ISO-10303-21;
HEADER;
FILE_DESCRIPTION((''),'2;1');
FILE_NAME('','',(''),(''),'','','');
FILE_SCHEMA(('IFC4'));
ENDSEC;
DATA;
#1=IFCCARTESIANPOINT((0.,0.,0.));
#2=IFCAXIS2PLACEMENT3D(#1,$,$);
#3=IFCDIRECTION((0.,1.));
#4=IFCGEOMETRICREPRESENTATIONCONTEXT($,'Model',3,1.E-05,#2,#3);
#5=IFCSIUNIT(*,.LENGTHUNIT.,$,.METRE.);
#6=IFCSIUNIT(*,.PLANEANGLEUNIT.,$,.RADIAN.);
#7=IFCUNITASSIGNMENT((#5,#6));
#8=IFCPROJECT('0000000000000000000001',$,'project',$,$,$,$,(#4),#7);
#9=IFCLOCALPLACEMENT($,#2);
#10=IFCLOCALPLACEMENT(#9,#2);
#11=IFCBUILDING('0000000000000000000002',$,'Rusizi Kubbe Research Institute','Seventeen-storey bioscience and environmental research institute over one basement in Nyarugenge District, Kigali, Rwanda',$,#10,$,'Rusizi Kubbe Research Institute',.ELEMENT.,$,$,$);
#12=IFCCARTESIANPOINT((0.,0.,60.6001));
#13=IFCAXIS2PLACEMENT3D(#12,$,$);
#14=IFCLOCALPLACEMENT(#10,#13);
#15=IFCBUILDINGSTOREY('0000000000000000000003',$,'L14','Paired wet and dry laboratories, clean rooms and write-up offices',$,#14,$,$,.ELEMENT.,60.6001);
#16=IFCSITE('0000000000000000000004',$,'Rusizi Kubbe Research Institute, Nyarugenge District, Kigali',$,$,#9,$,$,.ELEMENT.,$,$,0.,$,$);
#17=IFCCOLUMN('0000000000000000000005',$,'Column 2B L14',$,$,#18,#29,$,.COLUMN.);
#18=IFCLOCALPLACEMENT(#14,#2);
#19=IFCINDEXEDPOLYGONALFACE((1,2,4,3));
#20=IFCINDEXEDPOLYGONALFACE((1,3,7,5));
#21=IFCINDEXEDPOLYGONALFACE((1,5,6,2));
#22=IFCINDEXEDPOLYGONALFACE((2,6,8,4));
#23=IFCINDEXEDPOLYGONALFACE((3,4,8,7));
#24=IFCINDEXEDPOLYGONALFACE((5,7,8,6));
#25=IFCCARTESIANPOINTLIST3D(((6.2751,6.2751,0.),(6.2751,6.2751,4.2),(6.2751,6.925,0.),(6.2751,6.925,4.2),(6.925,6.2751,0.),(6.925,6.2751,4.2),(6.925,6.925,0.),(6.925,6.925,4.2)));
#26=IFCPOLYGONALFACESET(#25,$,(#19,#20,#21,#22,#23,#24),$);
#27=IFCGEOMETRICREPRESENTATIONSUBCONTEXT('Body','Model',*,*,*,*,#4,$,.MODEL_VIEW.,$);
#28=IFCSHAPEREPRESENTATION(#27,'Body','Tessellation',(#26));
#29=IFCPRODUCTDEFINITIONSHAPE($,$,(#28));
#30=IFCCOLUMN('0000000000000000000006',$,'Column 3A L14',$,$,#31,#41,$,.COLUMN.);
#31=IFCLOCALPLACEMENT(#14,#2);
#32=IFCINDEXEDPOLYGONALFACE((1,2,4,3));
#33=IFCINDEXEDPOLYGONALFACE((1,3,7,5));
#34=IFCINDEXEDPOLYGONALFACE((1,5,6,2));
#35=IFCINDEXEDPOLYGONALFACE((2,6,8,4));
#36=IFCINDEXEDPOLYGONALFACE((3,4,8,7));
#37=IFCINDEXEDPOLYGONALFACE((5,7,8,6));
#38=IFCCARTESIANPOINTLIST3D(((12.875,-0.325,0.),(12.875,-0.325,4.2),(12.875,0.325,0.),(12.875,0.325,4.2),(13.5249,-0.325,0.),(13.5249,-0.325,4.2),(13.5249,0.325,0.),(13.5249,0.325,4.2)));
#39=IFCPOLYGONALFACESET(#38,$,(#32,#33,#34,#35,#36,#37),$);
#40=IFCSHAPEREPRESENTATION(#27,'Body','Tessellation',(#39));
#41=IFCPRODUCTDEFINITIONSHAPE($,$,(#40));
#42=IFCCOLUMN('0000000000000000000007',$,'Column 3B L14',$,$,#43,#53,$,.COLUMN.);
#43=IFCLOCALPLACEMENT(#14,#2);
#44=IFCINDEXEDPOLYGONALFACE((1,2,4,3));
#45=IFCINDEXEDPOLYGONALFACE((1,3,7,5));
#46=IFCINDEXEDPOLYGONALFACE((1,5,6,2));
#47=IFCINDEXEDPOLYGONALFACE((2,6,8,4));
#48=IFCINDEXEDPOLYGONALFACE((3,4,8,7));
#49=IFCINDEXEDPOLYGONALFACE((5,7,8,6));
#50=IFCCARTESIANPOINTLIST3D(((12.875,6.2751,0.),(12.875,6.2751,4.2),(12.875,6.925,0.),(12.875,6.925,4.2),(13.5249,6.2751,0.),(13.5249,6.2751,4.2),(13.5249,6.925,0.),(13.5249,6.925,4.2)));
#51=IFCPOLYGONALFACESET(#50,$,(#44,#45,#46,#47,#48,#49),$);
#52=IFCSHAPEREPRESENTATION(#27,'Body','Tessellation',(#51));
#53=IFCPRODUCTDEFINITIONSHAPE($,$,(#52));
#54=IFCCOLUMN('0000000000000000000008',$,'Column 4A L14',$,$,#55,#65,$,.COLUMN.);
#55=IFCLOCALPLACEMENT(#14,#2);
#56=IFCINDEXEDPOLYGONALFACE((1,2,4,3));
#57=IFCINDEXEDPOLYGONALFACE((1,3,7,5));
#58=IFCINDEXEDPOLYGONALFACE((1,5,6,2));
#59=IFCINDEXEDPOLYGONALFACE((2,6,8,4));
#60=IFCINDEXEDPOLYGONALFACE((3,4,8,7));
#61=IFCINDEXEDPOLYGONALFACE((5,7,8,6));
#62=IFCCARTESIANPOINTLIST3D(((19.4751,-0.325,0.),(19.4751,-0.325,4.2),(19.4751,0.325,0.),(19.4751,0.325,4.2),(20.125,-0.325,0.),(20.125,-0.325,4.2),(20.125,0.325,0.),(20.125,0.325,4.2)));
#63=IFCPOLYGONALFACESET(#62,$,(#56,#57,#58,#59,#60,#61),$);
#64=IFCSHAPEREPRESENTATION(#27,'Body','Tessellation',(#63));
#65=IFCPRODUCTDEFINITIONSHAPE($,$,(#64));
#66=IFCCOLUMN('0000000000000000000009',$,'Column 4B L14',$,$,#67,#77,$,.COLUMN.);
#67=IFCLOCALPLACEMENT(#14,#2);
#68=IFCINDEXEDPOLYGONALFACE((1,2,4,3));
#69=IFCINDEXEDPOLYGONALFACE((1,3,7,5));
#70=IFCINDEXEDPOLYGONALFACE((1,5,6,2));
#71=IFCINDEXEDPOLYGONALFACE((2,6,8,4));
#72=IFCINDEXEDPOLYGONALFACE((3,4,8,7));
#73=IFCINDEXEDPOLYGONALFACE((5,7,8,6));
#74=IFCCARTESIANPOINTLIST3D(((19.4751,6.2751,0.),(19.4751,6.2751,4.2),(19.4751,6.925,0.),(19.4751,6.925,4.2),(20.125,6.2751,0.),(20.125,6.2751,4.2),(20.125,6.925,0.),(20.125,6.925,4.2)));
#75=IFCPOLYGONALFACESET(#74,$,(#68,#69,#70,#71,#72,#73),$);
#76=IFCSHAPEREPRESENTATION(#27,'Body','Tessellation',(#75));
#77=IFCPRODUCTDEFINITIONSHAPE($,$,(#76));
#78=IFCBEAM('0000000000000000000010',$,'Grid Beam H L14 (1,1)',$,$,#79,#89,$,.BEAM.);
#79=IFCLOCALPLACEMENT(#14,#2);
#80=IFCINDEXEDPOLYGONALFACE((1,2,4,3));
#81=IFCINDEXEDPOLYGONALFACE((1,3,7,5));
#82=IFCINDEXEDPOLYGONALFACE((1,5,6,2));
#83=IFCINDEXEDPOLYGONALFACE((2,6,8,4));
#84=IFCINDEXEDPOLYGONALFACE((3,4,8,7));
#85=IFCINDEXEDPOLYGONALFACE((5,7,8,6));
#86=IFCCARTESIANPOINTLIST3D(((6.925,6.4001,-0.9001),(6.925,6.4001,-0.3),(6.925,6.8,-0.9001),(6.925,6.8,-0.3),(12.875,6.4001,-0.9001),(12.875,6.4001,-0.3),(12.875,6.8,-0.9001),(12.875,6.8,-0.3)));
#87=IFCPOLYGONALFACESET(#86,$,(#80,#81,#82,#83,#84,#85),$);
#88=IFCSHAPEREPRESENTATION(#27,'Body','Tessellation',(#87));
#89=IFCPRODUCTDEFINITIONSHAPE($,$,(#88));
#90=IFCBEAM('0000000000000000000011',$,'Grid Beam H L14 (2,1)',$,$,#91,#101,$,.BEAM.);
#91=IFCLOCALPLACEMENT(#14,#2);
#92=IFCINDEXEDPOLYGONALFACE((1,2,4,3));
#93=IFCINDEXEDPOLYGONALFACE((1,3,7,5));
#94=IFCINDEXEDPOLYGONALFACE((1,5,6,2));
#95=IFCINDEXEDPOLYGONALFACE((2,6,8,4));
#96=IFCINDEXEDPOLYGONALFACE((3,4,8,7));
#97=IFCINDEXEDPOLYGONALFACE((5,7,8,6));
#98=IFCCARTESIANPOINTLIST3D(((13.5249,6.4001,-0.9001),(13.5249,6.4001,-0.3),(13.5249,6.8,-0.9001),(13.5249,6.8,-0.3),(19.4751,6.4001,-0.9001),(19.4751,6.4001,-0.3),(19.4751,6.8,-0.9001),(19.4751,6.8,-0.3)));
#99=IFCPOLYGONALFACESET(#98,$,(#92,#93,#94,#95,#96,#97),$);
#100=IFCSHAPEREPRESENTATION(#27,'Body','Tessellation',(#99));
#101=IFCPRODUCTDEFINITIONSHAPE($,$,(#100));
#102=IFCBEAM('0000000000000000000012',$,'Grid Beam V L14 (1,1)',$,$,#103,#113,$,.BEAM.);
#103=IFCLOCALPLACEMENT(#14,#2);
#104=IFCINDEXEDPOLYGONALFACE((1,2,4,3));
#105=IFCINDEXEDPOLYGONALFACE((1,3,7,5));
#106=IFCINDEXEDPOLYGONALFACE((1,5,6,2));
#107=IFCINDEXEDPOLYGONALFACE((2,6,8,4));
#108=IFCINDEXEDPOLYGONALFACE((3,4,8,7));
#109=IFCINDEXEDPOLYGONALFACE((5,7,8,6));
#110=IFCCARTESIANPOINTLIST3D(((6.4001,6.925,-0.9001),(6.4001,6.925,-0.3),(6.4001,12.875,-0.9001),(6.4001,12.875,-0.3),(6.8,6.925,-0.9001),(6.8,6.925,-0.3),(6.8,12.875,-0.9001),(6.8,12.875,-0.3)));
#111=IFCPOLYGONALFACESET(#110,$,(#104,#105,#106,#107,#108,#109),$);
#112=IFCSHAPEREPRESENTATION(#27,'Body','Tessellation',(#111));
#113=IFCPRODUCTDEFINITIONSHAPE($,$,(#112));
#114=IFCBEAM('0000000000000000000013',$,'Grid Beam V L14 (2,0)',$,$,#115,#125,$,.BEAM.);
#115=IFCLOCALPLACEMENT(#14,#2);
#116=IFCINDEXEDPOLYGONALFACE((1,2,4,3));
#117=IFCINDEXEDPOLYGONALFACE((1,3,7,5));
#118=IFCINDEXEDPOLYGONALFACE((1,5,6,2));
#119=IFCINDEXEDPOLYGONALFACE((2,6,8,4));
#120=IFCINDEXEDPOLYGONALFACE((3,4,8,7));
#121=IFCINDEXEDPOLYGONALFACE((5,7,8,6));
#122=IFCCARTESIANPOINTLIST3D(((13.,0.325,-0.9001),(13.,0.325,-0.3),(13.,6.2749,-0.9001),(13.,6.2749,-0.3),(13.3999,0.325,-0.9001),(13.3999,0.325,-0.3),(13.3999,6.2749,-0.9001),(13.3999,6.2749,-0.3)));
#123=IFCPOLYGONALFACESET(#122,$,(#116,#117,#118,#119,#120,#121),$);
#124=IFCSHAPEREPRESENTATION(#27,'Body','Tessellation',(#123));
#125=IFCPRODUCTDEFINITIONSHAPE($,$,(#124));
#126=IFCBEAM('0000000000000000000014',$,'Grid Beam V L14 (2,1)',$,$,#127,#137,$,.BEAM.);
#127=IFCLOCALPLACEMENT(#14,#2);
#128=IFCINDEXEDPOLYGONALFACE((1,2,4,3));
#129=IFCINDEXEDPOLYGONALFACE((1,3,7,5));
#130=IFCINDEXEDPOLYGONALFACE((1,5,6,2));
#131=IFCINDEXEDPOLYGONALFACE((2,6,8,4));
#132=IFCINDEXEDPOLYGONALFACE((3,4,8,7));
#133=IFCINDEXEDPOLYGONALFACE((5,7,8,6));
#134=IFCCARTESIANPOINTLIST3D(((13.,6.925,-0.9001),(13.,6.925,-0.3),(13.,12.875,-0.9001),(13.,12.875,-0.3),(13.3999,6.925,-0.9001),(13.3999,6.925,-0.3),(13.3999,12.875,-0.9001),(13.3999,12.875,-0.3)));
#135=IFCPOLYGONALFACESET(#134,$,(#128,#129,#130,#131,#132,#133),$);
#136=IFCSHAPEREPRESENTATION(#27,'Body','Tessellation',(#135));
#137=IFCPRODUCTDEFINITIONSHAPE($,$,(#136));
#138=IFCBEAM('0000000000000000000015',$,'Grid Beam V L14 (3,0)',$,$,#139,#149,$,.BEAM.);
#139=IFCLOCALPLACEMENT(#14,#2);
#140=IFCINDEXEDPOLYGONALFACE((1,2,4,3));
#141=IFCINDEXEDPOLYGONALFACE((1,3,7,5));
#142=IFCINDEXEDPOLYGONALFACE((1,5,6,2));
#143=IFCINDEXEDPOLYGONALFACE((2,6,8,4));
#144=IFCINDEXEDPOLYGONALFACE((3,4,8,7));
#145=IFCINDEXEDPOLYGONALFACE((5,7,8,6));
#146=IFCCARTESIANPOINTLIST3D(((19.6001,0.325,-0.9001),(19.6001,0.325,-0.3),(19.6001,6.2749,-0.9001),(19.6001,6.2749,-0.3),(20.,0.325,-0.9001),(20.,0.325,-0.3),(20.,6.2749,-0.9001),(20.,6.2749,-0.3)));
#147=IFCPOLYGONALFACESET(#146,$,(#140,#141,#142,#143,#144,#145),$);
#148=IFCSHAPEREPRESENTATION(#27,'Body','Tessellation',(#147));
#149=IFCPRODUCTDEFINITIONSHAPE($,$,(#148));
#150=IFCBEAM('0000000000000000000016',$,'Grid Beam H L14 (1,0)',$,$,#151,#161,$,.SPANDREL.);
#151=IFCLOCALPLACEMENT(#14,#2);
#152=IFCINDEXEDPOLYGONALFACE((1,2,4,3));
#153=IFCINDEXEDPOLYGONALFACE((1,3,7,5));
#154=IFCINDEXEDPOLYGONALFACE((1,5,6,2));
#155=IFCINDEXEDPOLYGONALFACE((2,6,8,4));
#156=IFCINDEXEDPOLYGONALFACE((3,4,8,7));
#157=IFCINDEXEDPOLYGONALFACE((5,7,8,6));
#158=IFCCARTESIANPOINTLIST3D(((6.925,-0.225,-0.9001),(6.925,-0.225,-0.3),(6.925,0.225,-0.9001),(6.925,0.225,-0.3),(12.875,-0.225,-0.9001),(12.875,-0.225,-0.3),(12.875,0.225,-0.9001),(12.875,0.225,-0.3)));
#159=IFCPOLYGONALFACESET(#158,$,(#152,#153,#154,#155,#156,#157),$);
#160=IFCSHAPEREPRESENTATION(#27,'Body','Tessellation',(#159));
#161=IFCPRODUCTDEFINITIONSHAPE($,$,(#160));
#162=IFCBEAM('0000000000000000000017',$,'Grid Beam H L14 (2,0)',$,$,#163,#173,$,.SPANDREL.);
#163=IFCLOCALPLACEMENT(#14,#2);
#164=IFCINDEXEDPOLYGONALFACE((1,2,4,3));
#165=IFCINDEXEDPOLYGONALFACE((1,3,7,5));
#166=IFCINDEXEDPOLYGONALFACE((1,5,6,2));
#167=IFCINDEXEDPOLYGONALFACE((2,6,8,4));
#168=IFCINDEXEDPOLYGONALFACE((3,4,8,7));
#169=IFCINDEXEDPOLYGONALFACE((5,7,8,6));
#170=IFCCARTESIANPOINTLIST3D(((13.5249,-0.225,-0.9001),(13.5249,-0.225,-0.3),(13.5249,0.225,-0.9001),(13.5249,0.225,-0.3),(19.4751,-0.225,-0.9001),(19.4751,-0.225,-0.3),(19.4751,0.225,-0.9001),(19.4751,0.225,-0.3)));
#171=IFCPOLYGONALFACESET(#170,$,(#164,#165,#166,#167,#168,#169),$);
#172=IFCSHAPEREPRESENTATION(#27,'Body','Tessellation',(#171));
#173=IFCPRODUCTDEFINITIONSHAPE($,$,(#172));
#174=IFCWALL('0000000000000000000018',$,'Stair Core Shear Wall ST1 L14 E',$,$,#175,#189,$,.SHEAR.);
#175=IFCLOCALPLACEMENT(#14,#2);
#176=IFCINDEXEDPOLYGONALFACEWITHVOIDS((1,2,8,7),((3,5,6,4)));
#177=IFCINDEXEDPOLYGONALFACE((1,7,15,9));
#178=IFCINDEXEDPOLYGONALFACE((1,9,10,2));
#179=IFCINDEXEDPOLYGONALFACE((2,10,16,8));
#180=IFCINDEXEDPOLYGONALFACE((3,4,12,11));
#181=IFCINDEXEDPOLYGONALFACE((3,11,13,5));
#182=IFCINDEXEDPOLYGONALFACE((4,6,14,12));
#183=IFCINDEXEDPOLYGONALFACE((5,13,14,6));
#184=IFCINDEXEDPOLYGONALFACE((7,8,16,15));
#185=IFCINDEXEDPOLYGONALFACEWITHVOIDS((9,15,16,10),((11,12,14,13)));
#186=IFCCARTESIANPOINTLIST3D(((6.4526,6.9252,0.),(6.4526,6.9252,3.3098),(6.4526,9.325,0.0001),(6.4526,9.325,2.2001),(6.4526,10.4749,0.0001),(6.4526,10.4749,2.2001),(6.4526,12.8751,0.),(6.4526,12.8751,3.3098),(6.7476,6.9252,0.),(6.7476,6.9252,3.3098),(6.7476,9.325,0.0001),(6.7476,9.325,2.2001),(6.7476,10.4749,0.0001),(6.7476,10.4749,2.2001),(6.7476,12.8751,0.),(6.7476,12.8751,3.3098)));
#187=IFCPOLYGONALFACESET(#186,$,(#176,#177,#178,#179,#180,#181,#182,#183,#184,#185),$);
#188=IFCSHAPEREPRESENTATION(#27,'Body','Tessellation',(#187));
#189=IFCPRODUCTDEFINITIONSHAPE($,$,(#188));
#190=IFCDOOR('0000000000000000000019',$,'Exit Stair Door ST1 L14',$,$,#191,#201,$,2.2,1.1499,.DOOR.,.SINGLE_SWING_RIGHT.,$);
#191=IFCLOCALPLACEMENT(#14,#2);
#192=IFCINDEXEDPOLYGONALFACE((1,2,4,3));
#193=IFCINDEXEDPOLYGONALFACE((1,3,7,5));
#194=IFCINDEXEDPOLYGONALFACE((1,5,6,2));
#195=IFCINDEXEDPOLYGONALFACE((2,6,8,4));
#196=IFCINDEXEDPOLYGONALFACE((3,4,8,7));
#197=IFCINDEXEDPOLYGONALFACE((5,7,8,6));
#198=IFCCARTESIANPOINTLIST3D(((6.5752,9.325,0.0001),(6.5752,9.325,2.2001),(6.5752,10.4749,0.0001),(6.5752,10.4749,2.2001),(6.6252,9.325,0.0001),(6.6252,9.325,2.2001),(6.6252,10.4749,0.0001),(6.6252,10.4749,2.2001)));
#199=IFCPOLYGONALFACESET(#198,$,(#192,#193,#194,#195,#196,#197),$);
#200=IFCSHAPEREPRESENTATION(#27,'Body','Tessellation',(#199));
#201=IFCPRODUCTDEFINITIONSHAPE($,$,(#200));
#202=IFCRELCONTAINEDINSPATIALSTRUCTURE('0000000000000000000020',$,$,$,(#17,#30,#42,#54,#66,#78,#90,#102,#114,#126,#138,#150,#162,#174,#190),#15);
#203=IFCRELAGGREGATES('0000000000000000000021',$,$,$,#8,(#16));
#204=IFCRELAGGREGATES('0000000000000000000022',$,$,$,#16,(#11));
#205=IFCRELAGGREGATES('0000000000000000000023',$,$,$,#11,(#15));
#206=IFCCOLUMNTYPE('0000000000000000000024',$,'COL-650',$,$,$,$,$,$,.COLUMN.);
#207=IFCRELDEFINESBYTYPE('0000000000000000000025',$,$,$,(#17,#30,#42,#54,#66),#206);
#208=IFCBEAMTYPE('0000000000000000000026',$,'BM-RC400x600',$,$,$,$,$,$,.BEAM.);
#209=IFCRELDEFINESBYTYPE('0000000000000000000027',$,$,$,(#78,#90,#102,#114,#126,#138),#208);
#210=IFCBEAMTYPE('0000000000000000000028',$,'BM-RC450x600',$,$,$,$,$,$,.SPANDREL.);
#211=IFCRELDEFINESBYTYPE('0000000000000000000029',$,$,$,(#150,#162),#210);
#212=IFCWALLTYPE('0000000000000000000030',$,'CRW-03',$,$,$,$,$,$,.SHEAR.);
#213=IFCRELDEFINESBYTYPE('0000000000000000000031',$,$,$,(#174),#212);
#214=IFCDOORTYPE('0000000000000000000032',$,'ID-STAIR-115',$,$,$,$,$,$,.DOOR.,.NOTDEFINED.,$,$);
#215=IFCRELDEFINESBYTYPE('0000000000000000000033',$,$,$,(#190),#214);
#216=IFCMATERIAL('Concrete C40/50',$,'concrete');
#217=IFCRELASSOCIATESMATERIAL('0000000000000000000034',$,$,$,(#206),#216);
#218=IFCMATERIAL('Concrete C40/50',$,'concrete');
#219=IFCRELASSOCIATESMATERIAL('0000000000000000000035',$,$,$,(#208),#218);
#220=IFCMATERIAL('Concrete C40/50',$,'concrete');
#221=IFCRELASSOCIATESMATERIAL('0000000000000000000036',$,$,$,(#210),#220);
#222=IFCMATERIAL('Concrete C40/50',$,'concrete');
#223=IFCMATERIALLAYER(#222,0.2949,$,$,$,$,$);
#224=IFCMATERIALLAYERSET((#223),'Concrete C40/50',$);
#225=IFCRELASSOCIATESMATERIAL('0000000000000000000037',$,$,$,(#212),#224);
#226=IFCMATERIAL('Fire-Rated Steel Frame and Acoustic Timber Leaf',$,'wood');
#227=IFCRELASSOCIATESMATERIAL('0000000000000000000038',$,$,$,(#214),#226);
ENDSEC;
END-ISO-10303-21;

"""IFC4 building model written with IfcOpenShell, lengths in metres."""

from ifc_helpers import new_model, si_unit, direction, frame, frame_2d, origin, origin_2d, place, context, subcontext, project, spatial, rectangle, extrude, material, layer, layer_set, material_profile, profile_set, type_object, element, fill, save


model = new_model("IFC4")

# Units and contexts
model_context = context("Model", 3, precision=1e-05, world=origin(), true_north=direction((0.0, 1.0)))
body_context = subcontext(model_context, "Body", "Model", "MODEL_VIEW")
ifc_project = project(units=[si_unit("LENGTHUNIT", "METRE"), si_unit("PLANEANGLEUNIT", "RADIAN")], contexts=[model_context])

# Site, building, storey
site_placement = place(None, origin())
site = spatial("IfcSite", under=ifc_project, at=site_placement, Name="Rusizi Kubbe Research Institute, Nyarugenge District, Kigali", CompositionType="ELEMENT", RefElevation=0.0)
building_placement = place(site_placement, origin())
building = spatial("IfcBuilding", under=site, at=building_placement, Name="Rusizi Kubbe Research Institute", Description="Seventeen-storey bioscience and environmental research institute over one basement in Nyarugenge District, Kigali, Rwanda", LongName="Rusizi Kubbe Research Institute", CompositionType="ELEMENT")
storey_placement = place(building_placement, frame((0.0, 0.0, 60.6001)))
storey = spatial("IfcBuildingStorey", under=building, at=storey_placement, Name="L14", Description="Paired wet and dry laboratories, clean rooms and write-up offices", CompositionType="ELEMENT", Elevation=60.6001)

# Columns
ifc_material_1 = material(Name="Concrete C40/50", Category="concrete")
ifc_material_profile_1 = material_profile(ifc_material_1, rectangle(XDim=0.6499, YDim=0.6499, at=origin_2d()), Name="RC650x650")
ifc_profile_set_1 = profile_set([ifc_material_profile_1], Name="Concrete C40/50")
column_type = type_object("IfcColumnType", Name="COL-650", PredefinedType="COLUMN", material=ifc_profile_set_1)
for number, where, z_axis, x_axis, name in (
    (1, (6.6001, 6.6001, 0.0), (0.0, 0.0, 1.0), (1.0, 0.0, 0.0), "Column 2B L14"),
    (2, (13.2, 0.0, 0.0), (0.0, 0.0, 1.0), (1.0, 0.0, 0.0), "Column 3A L14"),
    (3, (13.2, 6.6001, 0.0), (0.0, 0.0, 1.0), (1.0, 0.0, 0.0), "Column 3B L14"),
    (4, (19.8, 0.0, 0.0), (0.0, 0.0, 1.0), (1.0, 0.0, 0.0), "Column 4A L14"),
    (5, (19.8, 6.6001, 0.0), (0.0, 0.0, 1.0), (1.0, 0.0, 0.0), "Column 4B L14"),
):
    element("IfcColumn", number, at=place(storey_placement, frame(where, z_axis=z_axis, x_axis=x_axis)), inside=storey, type_object=column_type, Name=name, PredefinedType="COLUMN", context=body_context, shape_type="SweptSolid", body=[
        extrude(rectangle(XDim=0.6499, YDim=0.6499, at=origin_2d()), origin(), (0.0, 0.0, 1.0), 4.2),
    ])

# Beams
ifc_material_2 = material(Name="Concrete C40/50", Category="concrete")
ifc_material_profile_2 = material_profile(ifc_material_2, rectangle(XDim=0.3999, YDim=0.6001, at=origin_2d()), Name="RC400x600")
ifc_profile_set_2 = profile_set([ifc_material_profile_2], Name="Concrete C40/50")
beam_type_1 = type_object("IfcBeamType", Name="BM-RC400x600", PredefinedType="BEAM", material=ifc_profile_set_2)
beam_1_placement = place(storey_placement, frame((6.925, 6.6001, -0.6001), z_axis=(1.0, 0.0, 0.0), x_axis=(0.0, 1.0, 0.0)))
element("IfcBeam", 6, at=beam_1_placement, inside=storey, type_object=beam_type_1, Name="Grid Beam H L14 (1,1)", PredefinedType="BEAM", context=body_context, shape_type="SweptSolid", body=[
    extrude(rectangle(XDim=0.3999, YDim=0.6001, at=origin_2d()), origin(), (0.0, 0.0, 1.0), 5.95),
])
beam_2_placement = place(storey_placement, frame((13.5249, 6.6001, -0.6001), z_axis=(1.0, 0.0, 0.0), x_axis=(0.0, 1.0, 0.0)))
element("IfcBeam", 7, at=beam_2_placement, inside=storey, type_object=beam_type_1, Name="Grid Beam H L14 (2,1)", PredefinedType="BEAM", context=body_context, shape_type="SweptSolid", body=[
    extrude(rectangle(XDim=0.3999, YDim=0.6001, at=origin_2d()), origin(), (0.0, 0.0, 1.0), 5.9502),
])
for number, where, z_axis, x_axis, name in (
    (8, (6.6001, 6.925, -0.6001), (0.0, 1.0, 0.0), (-1.0, 0.0, 0.0), "Grid Beam V L14 (1,1)"),
    (9, (13.2, 0.325, -0.6001), (0.0, 1.0, 0.0), (-1.0, 0.0, 0.0), "Grid Beam V L14 (2,0)"),
    (10, (13.2, 6.925, -0.6001), (0.0, 1.0, 0.0), (-1.0, 0.0, 0.0), "Grid Beam V L14 (2,1)"),
    (11, (19.8, 0.325, -0.6001), (0.0, 1.0, 0.0), (-1.0, 0.0, 0.0), "Grid Beam V L14 (3,0)"),
):
    element("IfcBeam", number, at=place(storey_placement, frame(where, z_axis=z_axis, x_axis=x_axis)), inside=storey, type_object=beam_type_1, Name=name, PredefinedType="BEAM", context=body_context, shape_type="SweptSolid", body=[
        extrude(rectangle(XDim=0.3999, YDim=0.6001, at=origin_2d()), origin(), (0.0, 0.0, 1.0), 5.95),
    ])
ifc_material_3 = material(Name="Concrete C40/50", Category="concrete")
ifc_material_profile_3 = material_profile(ifc_material_3, rectangle(XDim=0.45, YDim=0.6001, at=origin_2d()), Name="RC450x600")
ifc_profile_set_3 = profile_set([ifc_material_profile_3], Name="Concrete C40/50")
beam_type_2 = type_object("IfcBeamType", Name="BM-RC450x600", PredefinedType="SPANDREL", material=ifc_profile_set_3)
beam_3_placement = place(storey_placement, frame((6.925, 0.0, -0.6001), z_axis=(1.0, 0.0, 0.0), x_axis=(0.0, 1.0, 0.0)))
element("IfcBeam", 12, at=beam_3_placement, inside=storey, type_object=beam_type_2, Name="Grid Beam H L14 (1,0)", PredefinedType="SPANDREL", context=body_context, shape_type="SweptSolid", body=[
    extrude(rectangle(XDim=0.45, YDim=0.6001, at=origin_2d()), origin(), (0.0, 0.0, 1.0), 5.95),
])
beam_4_placement = place(storey_placement, frame((13.5249, 0.0, -0.6001), z_axis=(1.0, 0.0, 0.0), x_axis=(0.0, 1.0, 0.0)))
element("IfcBeam", 13, at=beam_4_placement, inside=storey, type_object=beam_type_2, Name="Grid Beam H L14 (2,0)", PredefinedType="SPANDREL", context=body_context, shape_type="SweptSolid", body=[
    extrude(rectangle(XDim=0.45, YDim=0.6001, at=origin_2d()), origin(), (0.0, 0.0, 1.0), 5.9502),
])

# Wall, opening, door
ifc_material_4 = material(Name="Concrete C40/50", Category="concrete")
ifc_layer_1 = layer(ifc_material_4, 0.2949)
ifc_layer_set_1 = layer_set([ifc_layer_1], Name="Concrete C40/50")
wall_type_1 = type_object("IfcWallType", Name="CRW-03", PredefinedType="SHEAR", material=ifc_layer_set_1)
wall_1_placement = place(storey_placement, frame((6.6001, 6.925, 0.0), z_axis=(0.0, 0.0, 1.0), x_axis=(0.0, 1.0, 0.0)))
wall_1 = element("IfcWall", 14, at=wall_1_placement, inside=storey, type_object=wall_type_1, Name="Stair Core Shear Wall ST1 L14 E", PredefinedType="SHEAR", context=body_context, shape_type="SweptSolid", body=[
    extrude(rectangle(XDim=5.95, YDim=0.2949, at=frame_2d((2.9751, 0.0))), origin(), (0.0, 0.0, 1.0), 3.3098),
])
opening_1_placement = place(wall_1_placement, frame((2.3999, 0.0, 0.0)))
opening_1 = element("IfcOpeningElement", 15, at=opening_1_placement, cuts=wall_1, PredefinedType="OPENING", context=body_context, shape_type="SweptSolid", body=[
    extrude(rectangle(XDim=1.1499, YDim=2.2, at=frame_2d((0.575, 1.1001))), frame((0.0, 0.1575, 0.0), z_axis=(0.0, -1.0, 0.0), x_axis=(1.0, 0.0, 0.0)), (0.0, 0.0, 1.0), 0.3149),
])
ifc_material_5 = material(Name="Fire-Rated Steel Frame and Acoustic Timber Leaf", Category="wood")
door_type_1 = type_object("IfcDoorType", Name="ID-STAIR-115", OperationType="NOTDEFINED", PredefinedType="DOOR", material=ifc_material_5)
door_1_placement = place(opening_1_placement, origin())
door_1 = element("IfcDoor", 16, at=door_1_placement, inside=storey, type_object=door_type_1, Name="Exit Stair Door ST1 L14", OperationType="SINGLE_SWING_RIGHT", OverallHeight=2.2, OverallWidth=1.1499, PredefinedType="DOOR", context=body_context, shape_type="SweptSolid", body=[
    extrude(rectangle(XDim=1.1499, YDim=2.2, at=frame_2d((0.575, 1.1001))), frame((0.0, 0.0249, 0.0), z_axis=(0.0, -1.0, 0.0), x_axis=(1.0, 0.0, 0.0)), (0.0, 0.0, 1.0), 0.05),
])
fill(opening_1, door_1)

save(model, "model.ifc")
